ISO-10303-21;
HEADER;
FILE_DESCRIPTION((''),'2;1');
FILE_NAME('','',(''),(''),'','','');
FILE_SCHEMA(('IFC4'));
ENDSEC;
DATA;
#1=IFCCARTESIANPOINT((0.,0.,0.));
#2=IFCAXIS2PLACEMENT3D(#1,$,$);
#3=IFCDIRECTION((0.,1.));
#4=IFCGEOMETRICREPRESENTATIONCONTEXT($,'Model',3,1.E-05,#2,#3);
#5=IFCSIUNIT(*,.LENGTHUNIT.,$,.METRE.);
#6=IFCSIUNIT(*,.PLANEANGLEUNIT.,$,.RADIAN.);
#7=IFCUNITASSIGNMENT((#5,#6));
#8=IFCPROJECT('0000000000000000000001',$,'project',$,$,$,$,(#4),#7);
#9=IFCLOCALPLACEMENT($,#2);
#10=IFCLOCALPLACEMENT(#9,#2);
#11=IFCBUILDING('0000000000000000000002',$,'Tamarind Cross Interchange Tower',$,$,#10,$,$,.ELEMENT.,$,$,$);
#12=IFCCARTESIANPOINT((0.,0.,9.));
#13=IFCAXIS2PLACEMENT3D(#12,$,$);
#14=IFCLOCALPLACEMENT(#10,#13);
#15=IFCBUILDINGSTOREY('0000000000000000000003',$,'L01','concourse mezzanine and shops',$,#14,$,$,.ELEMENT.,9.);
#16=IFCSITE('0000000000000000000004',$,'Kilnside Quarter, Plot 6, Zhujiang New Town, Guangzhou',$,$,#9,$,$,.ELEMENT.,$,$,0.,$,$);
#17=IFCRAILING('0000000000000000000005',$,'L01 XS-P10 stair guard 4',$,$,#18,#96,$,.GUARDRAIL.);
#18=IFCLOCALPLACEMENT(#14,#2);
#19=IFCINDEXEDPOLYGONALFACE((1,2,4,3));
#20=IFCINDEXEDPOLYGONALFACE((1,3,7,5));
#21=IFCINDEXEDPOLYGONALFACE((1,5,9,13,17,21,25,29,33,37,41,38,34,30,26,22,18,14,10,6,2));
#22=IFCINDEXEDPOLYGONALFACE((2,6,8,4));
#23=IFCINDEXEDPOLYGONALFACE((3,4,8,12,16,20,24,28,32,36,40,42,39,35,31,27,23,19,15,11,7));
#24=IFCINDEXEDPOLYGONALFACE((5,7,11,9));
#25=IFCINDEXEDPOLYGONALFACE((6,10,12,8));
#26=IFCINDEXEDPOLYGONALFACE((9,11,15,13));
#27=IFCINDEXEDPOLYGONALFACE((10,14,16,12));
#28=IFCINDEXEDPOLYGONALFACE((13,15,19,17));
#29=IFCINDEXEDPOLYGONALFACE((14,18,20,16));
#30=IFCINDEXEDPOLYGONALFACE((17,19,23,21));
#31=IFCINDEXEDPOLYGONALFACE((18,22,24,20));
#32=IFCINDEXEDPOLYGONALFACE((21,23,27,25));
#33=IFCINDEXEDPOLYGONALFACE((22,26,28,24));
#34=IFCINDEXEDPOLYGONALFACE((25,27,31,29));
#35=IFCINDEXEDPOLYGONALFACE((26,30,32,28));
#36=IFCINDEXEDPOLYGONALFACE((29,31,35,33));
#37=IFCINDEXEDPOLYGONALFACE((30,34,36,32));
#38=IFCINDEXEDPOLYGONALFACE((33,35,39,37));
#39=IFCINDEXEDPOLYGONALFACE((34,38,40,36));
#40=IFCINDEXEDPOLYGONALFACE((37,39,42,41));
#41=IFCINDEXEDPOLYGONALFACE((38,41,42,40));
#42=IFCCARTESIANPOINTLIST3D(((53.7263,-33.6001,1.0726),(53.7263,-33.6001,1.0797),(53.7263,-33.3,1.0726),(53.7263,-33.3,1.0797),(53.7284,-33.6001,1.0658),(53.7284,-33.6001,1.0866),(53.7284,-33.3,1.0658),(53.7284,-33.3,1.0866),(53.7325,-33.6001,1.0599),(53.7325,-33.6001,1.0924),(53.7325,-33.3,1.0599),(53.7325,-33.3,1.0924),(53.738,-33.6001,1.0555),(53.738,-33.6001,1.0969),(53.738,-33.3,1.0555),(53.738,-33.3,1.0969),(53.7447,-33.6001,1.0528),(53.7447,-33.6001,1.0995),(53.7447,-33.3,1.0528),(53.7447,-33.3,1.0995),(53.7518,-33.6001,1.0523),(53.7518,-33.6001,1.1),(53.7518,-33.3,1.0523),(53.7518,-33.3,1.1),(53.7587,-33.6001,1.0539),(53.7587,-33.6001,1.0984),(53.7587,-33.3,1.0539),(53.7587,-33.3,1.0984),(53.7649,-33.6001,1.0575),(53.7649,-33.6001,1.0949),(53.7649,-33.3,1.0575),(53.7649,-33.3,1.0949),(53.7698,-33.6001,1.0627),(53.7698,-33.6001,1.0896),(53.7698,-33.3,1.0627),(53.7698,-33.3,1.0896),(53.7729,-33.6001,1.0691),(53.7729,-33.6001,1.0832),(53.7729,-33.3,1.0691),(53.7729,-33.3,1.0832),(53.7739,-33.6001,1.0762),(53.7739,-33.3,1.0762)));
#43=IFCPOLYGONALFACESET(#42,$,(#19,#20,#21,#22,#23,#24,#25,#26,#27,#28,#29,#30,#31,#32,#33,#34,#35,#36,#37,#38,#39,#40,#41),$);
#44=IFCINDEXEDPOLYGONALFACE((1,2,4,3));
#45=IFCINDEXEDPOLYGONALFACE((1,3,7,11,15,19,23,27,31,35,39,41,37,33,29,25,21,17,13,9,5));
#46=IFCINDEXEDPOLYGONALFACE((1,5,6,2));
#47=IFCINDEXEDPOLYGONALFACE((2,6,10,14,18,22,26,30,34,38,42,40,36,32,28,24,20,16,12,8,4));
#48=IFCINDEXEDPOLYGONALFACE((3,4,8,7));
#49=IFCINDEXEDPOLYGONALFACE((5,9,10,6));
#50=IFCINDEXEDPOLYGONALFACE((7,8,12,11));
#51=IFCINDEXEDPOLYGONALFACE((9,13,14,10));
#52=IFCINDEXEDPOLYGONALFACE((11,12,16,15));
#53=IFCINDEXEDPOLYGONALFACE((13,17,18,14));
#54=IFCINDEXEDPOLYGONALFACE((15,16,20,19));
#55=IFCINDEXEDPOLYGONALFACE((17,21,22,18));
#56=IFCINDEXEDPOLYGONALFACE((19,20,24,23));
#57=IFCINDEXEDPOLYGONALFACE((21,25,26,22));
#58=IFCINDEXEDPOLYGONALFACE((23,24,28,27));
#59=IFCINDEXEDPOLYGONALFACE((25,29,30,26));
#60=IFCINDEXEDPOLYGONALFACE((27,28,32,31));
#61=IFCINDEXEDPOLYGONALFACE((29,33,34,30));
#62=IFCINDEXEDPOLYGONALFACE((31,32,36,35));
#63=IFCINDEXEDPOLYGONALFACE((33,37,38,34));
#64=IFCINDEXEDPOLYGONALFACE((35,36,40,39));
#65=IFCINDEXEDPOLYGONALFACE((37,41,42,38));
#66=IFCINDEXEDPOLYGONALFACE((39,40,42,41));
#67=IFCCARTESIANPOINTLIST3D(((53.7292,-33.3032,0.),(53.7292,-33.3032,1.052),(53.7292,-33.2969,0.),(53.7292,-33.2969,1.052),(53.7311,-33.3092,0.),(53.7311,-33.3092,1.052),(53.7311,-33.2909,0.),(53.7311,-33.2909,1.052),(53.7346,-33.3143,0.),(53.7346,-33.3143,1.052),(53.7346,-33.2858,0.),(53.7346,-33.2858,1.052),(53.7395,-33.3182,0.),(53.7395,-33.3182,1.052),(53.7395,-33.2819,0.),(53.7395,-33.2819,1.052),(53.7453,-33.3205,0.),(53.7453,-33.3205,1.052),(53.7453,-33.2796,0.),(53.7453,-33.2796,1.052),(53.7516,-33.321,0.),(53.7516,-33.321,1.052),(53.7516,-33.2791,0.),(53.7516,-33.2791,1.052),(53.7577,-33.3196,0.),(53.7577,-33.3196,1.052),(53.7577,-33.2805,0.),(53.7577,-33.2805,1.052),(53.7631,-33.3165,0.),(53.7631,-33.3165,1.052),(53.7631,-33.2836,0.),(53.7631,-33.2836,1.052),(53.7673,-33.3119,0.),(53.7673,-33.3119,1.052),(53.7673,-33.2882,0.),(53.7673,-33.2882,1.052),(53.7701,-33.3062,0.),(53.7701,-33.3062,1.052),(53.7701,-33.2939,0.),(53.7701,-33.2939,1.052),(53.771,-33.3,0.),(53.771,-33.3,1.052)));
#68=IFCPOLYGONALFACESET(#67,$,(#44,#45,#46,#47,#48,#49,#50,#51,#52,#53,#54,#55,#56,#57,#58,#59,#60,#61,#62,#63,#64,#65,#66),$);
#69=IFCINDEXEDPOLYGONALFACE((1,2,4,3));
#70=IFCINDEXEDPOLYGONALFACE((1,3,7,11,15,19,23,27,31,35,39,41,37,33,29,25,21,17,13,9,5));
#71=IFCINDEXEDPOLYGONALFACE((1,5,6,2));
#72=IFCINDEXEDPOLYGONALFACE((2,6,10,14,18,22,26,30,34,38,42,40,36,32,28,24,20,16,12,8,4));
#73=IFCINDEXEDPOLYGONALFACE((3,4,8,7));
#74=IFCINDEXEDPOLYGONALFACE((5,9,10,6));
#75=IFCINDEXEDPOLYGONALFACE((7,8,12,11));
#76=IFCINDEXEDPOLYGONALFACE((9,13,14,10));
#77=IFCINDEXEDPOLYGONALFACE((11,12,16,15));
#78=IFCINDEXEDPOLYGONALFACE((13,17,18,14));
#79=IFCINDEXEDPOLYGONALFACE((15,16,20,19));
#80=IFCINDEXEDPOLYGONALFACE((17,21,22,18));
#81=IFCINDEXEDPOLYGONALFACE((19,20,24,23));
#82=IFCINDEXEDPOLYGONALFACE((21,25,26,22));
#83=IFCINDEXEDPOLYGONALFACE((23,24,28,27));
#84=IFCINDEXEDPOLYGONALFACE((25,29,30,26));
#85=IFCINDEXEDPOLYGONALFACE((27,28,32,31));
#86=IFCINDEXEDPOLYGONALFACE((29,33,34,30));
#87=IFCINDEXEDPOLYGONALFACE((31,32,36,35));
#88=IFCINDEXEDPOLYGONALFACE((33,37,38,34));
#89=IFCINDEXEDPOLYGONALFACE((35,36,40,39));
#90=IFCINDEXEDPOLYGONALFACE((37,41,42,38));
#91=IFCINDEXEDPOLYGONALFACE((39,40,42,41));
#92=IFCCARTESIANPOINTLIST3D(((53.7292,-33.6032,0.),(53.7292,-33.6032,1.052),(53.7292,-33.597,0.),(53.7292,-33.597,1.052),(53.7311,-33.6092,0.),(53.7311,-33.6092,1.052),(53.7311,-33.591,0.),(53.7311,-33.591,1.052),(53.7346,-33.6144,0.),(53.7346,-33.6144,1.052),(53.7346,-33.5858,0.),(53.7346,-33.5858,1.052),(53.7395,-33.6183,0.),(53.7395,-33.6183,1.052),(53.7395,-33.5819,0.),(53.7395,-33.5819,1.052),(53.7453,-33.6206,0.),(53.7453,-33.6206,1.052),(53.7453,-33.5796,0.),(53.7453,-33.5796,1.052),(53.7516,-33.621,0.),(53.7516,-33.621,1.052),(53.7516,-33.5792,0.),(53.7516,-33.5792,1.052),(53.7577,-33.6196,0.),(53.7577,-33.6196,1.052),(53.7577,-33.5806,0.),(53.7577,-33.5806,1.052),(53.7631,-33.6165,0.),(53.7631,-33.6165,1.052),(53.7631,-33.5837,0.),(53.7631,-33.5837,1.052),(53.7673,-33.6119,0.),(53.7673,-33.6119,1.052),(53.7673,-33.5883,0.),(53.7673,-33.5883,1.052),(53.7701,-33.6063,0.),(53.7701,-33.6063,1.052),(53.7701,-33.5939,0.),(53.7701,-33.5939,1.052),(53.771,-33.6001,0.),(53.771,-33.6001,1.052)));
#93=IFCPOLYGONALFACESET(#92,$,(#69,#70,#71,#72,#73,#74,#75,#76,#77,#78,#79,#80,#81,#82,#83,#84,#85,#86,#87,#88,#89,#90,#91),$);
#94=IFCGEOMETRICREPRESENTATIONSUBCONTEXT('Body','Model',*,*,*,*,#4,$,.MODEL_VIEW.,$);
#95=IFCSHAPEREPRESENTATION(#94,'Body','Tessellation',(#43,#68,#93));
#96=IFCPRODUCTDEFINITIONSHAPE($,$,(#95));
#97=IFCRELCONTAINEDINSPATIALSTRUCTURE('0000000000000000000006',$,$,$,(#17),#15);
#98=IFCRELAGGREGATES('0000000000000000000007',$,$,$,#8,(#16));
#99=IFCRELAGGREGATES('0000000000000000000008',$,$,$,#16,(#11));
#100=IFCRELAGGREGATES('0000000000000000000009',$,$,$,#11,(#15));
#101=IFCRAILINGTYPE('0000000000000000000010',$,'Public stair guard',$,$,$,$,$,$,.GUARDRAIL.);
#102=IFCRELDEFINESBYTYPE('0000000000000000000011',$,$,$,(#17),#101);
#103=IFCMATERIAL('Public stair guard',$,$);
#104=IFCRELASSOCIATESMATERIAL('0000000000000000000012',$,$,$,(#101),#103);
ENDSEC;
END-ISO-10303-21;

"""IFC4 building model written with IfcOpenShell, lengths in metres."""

from ifc_helpers import new_model, si_unit, direction, frame, origin, origin_2d, place, context, subcontext, project, spatial, circle, extrude, material, type_object, element, save


model = new_model("IFC4")

# Units and contexts
model_context = context("Model", 3, precision=1e-05, world=origin(), true_north=direction((0.0, 1.0)))
body_context = subcontext(model_context, "Body", "Model", "MODEL_VIEW")
ifc_project = project(units=[si_unit("LENGTHUNIT", "METRE"), si_unit("PLANEANGLEUNIT", "RADIAN")], contexts=[model_context])

# Site, building, storey
site_placement = place(None, origin())
site = spatial("IfcSite", under=ifc_project, at=site_placement, Name="Kilnside Quarter, Plot 6, Zhujiang New Town, Guangzhou", CompositionType="ELEMENT", RefElevation=0.0)
building_placement = place(site_placement, origin())
building = spatial("IfcBuilding", under=site, at=building_placement, Name="Tamarind Cross Interchange Tower", CompositionType="ELEMENT")
storey_placement = place(building_placement, frame((0.0, 0.0, 9.0)))
storey = spatial("IfcBuildingStorey", under=building, at=storey_placement, Name="L01", Description="concourse mezzanine and shops", CompositionType="ELEMENT", Elevation=9.0)

# Railing
ifc_material_1 = material(Name="Public stair guard")
railing_type_1 = type_object("IfcRailingType", Name="Public stair guard", PredefinedType="GUARDRAIL", material=ifc_material_1)
railing_1_placement = place(storey_placement, frame((53.75, -33.3, 0.0)))
element("IfcRailing", 1, at=railing_1_placement, inside=storey, type_object=railing_type_1, Name="L01 XS-P10 stair guard 4", PredefinedType="GUARDRAIL", context=body_context, shape_type="SweptSolid", body=[
    extrude(circle(Radius=0.0239, at=origin_2d()), frame((0.0, 0.0, 1.0762), z_axis=(0.0, -1.0, 0.0), x_axis=(1.0, 0.0, 0.0)), (0.0, 0.0, 1.0), 0.3),
    extrude(circle(Radius=0.021, at=origin_2d()), origin(), (0.0, 0.0, 1.0), 1.052),
    extrude(circle(Radius=0.021, at=origin_2d()), frame((0.0, -0.3, 0.0)), (0.0, 0.0, 1.0), 1.052),
])

save(model, "model.ifc")
